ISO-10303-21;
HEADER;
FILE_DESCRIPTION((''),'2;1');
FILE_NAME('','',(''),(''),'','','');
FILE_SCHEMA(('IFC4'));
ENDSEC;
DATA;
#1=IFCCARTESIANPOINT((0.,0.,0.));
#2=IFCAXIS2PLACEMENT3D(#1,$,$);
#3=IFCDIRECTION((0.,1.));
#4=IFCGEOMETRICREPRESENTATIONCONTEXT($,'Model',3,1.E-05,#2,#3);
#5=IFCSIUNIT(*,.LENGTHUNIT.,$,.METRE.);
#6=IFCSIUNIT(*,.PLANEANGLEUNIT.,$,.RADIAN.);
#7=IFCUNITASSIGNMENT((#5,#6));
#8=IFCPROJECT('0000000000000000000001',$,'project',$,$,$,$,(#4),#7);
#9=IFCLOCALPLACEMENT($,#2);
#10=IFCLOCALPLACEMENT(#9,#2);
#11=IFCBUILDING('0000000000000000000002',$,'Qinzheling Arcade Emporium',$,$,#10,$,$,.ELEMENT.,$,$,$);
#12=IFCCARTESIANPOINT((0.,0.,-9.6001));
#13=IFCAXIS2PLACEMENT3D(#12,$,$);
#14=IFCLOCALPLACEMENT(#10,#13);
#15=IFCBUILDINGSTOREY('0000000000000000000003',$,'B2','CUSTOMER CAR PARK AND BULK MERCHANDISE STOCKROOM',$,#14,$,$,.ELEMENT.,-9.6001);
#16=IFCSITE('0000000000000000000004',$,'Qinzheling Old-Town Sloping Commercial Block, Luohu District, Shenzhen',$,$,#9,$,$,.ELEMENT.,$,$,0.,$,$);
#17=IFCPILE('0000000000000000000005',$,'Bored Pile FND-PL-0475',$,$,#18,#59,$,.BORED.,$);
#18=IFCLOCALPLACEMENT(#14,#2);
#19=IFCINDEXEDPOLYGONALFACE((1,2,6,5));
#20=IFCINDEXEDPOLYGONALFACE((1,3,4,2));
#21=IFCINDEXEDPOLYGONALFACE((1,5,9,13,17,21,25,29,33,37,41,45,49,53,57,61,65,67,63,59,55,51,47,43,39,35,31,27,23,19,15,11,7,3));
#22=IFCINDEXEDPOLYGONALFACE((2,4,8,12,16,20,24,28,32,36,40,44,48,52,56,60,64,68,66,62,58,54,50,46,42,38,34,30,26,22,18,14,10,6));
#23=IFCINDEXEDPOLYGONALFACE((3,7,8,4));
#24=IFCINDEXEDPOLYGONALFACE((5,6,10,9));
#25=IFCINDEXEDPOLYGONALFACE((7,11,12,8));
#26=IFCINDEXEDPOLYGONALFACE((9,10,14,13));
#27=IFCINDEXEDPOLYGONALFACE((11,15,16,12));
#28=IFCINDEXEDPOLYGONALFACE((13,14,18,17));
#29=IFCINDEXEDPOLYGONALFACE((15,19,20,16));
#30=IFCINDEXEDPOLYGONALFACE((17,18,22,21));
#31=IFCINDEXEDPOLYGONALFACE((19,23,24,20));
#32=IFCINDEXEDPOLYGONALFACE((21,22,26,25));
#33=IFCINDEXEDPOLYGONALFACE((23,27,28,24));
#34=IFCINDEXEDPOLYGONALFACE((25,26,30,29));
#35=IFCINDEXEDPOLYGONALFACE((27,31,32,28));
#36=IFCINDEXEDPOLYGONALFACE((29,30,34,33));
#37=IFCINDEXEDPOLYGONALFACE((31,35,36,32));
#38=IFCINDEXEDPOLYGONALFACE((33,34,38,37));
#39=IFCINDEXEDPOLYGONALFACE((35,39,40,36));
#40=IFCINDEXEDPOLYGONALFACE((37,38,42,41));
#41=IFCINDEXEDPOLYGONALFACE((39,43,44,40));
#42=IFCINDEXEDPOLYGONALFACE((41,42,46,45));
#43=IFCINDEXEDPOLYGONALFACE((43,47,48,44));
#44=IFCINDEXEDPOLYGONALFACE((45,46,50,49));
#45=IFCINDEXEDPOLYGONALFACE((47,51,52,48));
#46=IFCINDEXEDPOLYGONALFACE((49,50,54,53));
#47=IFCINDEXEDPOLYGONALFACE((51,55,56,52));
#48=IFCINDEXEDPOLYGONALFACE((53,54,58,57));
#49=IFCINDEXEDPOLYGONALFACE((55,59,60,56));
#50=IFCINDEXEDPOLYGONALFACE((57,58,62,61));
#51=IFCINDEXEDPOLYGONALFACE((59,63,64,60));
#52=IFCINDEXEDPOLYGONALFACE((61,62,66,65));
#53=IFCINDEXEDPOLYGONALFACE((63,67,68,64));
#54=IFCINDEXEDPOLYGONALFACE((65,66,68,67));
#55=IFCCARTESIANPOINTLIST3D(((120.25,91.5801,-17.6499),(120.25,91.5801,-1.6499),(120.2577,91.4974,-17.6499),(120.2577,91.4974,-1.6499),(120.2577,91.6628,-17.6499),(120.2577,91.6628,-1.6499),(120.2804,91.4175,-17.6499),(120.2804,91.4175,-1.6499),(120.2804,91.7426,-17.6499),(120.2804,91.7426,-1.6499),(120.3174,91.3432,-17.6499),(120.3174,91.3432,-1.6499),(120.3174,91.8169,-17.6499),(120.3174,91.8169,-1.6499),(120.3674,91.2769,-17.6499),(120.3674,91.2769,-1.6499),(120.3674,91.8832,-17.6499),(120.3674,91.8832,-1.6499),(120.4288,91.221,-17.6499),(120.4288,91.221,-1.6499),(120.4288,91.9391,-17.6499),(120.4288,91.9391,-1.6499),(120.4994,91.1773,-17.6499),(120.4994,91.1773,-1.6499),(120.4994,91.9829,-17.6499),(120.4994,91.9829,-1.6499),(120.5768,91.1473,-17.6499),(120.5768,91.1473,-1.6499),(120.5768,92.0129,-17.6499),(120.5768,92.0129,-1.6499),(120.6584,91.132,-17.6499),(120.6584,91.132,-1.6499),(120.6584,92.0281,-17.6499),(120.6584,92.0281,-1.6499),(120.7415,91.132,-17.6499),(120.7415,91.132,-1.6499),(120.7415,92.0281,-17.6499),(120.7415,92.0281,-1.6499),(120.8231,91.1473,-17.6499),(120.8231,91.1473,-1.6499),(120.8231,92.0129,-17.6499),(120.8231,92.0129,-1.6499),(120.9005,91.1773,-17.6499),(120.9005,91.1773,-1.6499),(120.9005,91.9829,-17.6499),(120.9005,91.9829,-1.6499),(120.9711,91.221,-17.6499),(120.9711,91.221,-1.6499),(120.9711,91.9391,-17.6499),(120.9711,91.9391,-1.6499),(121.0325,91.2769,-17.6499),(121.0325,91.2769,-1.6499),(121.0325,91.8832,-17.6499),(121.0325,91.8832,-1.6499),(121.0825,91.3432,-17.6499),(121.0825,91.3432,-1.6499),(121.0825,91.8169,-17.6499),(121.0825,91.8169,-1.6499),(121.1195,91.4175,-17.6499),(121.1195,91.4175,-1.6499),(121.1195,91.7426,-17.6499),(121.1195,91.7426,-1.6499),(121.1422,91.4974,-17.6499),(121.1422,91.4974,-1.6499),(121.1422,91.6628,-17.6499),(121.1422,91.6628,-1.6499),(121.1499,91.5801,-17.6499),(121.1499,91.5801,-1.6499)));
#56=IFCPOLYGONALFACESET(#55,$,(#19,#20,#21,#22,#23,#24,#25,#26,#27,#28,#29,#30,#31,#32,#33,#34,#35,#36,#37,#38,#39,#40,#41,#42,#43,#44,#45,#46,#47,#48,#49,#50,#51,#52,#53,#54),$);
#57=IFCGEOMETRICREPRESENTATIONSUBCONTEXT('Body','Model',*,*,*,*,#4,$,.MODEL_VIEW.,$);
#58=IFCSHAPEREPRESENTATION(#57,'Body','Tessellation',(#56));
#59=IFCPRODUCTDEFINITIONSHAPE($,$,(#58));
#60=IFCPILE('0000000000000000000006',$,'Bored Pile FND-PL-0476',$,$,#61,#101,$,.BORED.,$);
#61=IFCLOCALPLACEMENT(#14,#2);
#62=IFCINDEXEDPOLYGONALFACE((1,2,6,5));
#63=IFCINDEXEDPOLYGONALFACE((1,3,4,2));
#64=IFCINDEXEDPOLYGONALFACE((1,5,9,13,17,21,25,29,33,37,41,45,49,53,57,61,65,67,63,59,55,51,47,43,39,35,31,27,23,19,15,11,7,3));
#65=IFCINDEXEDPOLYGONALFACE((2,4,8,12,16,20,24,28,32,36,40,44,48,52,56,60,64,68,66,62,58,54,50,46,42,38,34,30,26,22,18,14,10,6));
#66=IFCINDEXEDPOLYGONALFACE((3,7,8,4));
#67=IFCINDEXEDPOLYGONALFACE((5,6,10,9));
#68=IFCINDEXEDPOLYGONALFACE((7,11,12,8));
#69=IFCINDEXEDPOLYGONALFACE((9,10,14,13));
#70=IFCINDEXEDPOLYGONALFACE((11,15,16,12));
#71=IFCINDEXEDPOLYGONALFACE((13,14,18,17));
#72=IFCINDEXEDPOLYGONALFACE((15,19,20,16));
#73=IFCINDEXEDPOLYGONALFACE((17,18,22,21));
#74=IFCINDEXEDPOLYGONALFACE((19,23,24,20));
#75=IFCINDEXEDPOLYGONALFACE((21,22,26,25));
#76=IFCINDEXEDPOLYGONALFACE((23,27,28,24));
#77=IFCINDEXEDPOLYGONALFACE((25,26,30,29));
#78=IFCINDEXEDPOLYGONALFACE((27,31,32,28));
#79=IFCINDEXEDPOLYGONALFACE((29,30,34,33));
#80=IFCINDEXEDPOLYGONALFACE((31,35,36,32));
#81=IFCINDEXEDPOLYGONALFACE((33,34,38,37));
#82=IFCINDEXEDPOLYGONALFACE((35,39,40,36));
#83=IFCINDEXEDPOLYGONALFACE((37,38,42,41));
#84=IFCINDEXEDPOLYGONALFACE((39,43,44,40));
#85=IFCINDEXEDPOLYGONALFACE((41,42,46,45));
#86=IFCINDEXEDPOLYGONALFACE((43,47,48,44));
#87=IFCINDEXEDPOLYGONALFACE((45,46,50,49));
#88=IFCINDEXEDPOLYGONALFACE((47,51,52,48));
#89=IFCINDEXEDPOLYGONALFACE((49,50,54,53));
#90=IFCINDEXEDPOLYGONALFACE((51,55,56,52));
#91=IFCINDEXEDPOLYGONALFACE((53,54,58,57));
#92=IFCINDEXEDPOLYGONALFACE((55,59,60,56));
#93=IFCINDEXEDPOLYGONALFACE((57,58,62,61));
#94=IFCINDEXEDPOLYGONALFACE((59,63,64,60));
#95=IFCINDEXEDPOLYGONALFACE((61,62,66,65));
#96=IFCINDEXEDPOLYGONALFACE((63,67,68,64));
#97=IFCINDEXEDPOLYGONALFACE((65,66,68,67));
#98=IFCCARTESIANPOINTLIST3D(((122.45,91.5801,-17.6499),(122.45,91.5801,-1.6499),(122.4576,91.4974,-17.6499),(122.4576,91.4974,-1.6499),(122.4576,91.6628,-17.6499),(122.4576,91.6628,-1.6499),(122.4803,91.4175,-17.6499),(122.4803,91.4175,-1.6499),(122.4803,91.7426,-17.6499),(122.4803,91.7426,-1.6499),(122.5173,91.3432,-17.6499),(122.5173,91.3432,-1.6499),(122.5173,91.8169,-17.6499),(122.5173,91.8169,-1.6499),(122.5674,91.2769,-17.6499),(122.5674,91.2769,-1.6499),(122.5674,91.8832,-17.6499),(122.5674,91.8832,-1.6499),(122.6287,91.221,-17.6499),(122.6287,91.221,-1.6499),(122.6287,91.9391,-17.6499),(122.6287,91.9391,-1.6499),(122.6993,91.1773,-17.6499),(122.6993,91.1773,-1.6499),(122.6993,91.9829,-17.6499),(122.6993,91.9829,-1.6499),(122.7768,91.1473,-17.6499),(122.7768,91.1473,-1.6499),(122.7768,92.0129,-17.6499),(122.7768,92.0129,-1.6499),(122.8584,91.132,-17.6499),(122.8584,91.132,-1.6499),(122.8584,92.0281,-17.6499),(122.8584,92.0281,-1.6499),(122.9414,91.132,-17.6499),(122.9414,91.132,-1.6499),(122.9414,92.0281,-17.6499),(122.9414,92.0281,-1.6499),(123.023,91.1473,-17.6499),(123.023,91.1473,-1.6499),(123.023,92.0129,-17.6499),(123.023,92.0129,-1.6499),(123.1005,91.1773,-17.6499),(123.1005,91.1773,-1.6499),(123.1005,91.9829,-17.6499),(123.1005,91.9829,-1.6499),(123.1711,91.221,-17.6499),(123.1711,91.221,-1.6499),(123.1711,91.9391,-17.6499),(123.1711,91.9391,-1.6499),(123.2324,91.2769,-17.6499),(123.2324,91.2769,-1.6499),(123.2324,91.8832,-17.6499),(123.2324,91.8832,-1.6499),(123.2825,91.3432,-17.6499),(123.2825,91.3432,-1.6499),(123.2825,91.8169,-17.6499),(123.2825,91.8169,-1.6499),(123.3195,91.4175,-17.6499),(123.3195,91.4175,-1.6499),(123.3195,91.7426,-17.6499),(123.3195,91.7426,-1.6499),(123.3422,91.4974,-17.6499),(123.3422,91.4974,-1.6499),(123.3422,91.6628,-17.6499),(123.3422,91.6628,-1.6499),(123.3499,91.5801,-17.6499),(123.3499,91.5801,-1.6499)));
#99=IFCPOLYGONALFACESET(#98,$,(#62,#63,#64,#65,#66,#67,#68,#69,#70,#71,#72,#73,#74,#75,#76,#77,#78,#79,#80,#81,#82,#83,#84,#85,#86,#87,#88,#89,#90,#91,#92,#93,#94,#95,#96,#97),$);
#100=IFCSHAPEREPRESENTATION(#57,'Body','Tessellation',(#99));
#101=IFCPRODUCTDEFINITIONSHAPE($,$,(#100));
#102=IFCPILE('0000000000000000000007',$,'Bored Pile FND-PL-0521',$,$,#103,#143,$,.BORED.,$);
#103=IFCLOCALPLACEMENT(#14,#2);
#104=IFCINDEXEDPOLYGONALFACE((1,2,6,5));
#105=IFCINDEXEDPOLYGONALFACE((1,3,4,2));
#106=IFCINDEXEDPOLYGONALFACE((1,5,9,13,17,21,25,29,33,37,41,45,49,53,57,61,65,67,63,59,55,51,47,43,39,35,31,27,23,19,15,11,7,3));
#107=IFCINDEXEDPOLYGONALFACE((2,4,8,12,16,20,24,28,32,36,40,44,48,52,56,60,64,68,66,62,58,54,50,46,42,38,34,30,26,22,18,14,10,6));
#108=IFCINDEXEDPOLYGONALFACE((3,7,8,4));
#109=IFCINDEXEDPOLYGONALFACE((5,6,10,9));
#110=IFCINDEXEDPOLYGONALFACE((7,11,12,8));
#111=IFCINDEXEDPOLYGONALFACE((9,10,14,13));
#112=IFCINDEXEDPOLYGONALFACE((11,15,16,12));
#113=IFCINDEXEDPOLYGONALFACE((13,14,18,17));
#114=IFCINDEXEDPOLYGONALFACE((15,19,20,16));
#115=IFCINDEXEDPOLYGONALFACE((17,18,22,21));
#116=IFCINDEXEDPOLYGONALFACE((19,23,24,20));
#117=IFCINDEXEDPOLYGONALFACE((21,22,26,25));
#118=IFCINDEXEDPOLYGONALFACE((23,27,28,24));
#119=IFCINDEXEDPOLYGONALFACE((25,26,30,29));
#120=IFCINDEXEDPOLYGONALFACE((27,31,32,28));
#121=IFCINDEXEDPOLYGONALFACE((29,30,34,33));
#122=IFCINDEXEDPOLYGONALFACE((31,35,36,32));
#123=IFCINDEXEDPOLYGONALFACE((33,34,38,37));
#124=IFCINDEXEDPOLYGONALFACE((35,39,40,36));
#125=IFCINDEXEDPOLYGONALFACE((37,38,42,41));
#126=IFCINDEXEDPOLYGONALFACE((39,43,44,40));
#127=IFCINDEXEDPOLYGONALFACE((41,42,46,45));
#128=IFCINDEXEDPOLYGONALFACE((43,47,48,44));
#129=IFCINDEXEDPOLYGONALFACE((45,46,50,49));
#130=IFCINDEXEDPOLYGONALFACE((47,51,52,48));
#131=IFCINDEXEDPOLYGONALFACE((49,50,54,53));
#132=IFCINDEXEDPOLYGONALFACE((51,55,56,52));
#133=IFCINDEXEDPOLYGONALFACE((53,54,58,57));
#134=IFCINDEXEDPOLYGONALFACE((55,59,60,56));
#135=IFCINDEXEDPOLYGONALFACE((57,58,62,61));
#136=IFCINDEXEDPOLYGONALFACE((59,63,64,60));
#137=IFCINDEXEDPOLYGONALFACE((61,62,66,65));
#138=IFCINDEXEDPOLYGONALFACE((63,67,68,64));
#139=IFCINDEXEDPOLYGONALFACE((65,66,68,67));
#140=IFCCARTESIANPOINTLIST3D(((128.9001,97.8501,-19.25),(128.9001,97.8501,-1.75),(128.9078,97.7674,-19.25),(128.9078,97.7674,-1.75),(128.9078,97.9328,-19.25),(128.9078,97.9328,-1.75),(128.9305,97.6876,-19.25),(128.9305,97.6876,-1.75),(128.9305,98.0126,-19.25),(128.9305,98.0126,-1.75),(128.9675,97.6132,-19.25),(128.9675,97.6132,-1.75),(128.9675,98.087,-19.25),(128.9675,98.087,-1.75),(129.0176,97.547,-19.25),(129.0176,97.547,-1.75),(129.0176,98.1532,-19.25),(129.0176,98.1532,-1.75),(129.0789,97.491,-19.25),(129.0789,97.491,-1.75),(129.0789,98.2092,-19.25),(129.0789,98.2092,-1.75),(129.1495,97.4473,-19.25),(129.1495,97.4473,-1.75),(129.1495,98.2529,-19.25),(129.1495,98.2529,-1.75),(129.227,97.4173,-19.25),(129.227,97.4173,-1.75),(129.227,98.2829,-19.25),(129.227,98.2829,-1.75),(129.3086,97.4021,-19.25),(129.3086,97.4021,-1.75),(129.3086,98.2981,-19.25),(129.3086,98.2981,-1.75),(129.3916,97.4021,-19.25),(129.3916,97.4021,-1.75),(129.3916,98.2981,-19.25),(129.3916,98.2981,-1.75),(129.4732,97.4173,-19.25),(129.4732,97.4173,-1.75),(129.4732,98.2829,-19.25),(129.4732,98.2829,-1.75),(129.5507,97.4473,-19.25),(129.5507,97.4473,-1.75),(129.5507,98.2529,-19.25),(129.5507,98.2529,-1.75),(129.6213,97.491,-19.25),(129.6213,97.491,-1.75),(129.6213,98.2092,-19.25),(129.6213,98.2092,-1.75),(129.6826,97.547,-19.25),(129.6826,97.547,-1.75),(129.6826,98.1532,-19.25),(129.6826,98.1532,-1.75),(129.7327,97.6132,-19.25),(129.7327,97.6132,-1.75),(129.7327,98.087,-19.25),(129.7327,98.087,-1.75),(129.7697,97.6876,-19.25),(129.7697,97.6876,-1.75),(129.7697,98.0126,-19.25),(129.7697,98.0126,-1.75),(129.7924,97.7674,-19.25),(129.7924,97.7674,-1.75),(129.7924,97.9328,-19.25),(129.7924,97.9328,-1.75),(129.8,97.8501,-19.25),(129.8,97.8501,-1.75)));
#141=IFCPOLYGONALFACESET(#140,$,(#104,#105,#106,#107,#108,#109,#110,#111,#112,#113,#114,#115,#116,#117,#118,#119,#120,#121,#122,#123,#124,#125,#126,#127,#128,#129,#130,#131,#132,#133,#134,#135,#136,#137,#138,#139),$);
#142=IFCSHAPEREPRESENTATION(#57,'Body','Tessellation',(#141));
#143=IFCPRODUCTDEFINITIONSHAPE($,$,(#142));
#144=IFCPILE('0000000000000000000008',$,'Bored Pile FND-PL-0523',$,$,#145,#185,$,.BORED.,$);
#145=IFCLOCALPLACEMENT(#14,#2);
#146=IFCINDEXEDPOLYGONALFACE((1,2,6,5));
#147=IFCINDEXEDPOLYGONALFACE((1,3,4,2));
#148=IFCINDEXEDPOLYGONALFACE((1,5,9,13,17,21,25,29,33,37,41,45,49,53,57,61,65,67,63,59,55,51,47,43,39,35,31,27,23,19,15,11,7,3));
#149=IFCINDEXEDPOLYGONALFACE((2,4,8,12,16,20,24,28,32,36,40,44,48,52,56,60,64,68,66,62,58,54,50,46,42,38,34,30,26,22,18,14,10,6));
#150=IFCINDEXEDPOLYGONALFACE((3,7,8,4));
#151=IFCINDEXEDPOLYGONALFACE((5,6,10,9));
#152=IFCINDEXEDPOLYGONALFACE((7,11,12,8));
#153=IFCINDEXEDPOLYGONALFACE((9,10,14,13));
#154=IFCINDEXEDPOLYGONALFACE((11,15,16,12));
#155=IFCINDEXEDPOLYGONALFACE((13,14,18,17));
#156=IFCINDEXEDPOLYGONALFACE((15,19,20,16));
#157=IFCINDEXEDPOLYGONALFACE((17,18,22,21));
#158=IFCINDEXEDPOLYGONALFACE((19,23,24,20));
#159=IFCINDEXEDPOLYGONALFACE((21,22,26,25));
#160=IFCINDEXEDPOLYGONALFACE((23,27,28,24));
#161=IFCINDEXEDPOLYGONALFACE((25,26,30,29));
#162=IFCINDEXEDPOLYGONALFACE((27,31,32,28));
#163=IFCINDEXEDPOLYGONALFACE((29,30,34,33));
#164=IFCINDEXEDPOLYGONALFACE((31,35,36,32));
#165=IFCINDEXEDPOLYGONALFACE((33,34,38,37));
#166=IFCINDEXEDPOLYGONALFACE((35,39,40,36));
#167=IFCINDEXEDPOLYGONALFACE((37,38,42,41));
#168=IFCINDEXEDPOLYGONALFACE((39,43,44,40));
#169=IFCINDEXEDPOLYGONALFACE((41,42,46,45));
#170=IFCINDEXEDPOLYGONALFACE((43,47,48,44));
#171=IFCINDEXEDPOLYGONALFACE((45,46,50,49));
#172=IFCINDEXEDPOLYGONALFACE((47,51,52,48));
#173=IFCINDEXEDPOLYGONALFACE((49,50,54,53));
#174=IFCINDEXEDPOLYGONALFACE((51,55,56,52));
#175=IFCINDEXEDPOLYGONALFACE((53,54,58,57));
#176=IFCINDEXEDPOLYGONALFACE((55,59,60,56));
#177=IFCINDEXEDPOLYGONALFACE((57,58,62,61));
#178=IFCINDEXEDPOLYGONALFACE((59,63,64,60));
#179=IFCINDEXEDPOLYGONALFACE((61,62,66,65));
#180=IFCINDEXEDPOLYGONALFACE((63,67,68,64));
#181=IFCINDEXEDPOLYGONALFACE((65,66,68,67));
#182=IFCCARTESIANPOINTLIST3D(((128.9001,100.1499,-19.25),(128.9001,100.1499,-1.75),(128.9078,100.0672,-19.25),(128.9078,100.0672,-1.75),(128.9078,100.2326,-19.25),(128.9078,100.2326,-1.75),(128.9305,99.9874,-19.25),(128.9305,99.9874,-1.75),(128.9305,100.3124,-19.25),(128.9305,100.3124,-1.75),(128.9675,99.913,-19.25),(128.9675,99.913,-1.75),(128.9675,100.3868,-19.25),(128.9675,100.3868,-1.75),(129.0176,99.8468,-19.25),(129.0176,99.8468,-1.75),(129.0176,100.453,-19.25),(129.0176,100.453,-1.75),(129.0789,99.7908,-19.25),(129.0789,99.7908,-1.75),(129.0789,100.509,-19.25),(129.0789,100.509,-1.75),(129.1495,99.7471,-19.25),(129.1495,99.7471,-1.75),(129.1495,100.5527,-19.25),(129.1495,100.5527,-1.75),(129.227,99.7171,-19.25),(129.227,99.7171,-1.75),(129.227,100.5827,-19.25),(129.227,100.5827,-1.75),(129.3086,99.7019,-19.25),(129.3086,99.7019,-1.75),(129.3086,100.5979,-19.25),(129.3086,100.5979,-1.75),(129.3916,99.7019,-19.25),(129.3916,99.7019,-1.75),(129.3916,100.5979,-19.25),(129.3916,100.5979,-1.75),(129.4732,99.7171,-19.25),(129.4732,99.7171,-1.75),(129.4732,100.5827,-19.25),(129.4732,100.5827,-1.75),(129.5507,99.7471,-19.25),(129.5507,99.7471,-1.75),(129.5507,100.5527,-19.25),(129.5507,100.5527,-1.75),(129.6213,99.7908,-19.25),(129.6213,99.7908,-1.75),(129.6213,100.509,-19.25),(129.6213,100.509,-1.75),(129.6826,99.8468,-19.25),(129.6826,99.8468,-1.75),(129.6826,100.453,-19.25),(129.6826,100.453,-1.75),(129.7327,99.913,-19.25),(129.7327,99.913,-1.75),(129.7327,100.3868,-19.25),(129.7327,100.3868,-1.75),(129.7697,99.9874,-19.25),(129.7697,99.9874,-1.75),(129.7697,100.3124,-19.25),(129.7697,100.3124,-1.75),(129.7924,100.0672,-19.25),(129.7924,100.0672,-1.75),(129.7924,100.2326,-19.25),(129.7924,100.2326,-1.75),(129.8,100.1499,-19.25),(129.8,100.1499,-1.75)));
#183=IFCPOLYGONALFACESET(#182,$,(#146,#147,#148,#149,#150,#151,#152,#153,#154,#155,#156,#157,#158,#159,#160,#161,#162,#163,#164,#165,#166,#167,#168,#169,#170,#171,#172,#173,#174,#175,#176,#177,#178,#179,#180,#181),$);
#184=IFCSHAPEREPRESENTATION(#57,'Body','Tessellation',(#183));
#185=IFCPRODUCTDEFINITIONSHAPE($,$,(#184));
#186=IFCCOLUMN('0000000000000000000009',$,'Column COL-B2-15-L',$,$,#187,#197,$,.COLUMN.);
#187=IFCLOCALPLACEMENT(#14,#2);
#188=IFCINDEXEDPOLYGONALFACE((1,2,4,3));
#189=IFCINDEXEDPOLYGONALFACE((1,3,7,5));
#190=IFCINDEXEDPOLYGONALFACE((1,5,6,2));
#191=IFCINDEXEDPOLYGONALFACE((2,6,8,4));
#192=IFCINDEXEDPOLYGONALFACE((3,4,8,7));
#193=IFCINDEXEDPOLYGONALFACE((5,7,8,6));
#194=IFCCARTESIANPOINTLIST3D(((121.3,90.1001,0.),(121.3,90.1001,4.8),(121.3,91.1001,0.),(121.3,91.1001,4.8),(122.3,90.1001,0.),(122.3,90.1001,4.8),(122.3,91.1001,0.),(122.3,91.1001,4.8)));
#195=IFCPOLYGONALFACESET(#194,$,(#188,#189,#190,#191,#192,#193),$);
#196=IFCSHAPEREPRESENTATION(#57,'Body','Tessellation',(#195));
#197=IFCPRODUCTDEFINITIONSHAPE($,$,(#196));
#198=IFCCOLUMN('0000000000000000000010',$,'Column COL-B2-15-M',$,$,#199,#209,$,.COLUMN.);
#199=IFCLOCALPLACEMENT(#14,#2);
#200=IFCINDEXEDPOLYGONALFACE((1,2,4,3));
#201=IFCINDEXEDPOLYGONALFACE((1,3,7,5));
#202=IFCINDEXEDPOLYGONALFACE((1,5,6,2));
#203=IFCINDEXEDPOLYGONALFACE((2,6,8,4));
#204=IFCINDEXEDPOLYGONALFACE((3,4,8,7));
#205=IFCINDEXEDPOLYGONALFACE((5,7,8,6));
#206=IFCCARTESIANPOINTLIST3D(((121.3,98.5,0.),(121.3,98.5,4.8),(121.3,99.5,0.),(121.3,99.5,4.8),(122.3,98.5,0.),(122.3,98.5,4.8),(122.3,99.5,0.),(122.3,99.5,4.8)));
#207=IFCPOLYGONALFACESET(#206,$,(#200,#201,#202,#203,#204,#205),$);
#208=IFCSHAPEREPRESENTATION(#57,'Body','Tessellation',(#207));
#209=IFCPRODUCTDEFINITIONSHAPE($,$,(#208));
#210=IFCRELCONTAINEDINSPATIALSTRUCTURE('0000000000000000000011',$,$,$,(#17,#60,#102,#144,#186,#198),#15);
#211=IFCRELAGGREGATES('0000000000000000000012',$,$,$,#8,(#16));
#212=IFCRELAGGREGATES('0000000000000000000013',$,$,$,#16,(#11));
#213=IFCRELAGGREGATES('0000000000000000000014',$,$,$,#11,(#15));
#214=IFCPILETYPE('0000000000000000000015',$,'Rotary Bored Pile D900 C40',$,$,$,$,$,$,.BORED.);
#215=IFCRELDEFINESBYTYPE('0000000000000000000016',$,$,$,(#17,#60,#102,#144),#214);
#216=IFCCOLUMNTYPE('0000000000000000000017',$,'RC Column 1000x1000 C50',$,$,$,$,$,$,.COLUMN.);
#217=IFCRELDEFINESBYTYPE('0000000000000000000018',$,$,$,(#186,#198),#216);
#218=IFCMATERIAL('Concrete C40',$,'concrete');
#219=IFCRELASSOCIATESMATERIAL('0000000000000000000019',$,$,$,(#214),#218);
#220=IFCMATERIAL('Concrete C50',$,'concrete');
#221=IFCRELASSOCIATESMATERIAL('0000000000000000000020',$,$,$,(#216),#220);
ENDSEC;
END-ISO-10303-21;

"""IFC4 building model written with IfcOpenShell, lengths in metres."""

from ifc_helpers import new_model, si_unit, direction, frame, origin, origin_2d, place, context, subcontext, project, spatial, rectangle, circle, extrude, material, material_profile, profile_set, type_object, element, save


model = new_model("IFC4")

# Units and contexts
model_context = context("Model", 3, precision=1e-05, world=origin(), true_north=direction((0.0, 1.0)))
body_context = subcontext(model_context, "Body", "Model", "MODEL_VIEW")
ifc_project = project(units=[si_unit("LENGTHUNIT", "METRE"), si_unit("PLANEANGLEUNIT", "RADIAN")], contexts=[model_context])

# Site, building, storey
site_placement = place(None, origin())
site = spatial("IfcSite", under=ifc_project, at=site_placement, Name="Qinzheling Old-Town Sloping Commercial Block, Luohu District, Shenzhen", CompositionType="ELEMENT", RefElevation=0.0)
building_placement = place(site_placement, origin())
building = spatial("IfcBuilding", under=site, at=building_placement, Name="Qinzheling Arcade Emporium", CompositionType="ELEMENT")
storey_placement = place(building_placement, frame((0.0, 0.0, -9.6001)))
storey = spatial("IfcBuildingStorey", under=building, at=storey_placement, Name="B2", Description="CUSTOMER CAR PARK AND BULK MERCHANDISE STOCKROOM", CompositionType="ELEMENT", Elevation=-9.6001)

# Shared definitions
ifc_material_1 = material(Name="Concrete C40", Category="concrete")

# Piles
ifc_material_profile_1 = material_profile(ifc_material_1, circle(Radius=0.45, at=origin_2d()), Name="BORED D900", Category="concrete")
ifc_profile_set_1 = profile_set([ifc_material_profile_1], Name="Concrete C40")
pile_type_1 = type_object("IfcPileType", Name="Rotary Bored Pile D900 C40", PredefinedType="BORED", material=ifc_profile_set_1)
for number, where, z_axis, x_axis, name in (
    (1, (120.7, 91.5801, -1.6499), (0.0, 0.0, -1.0), (1.0, 0.0, 0.0), "Bored Pile FND-PL-0475"),
    (2, (122.8999, 91.5801, -1.6499), (0.0, 0.0, -1.0), (1.0, 0.0, 0.0), "Bored Pile FND-PL-0476"),
):
    element("IfcPile", number, at=place(storey_placement, frame(where, z_axis=z_axis, x_axis=x_axis)), inside=storey, type_object=pile_type_1, Name=name, PredefinedType="BORED", context=body_context, shape_type="SweptSolid", body=[
        extrude(circle(Radius=0.45, at=origin_2d()), origin(), (0.0, 0.0, 1.0), 16.0),
    ])
for number, where, z_axis, x_axis, name in (
    (3, (129.3501, 97.8501, -1.75), (0.0, 0.0, -1.0), (1.0, 0.0, 0.0), "Bored Pile FND-PL-0521"),
    (4, (129.3501, 100.1499, -1.75), (0.0, 0.0, -1.0), (1.0, 0.0, 0.0), "Bored Pile FND-PL-0523"),
):
    element("IfcPile", number, at=place(storey_placement, frame(where, z_axis=z_axis, x_axis=x_axis)), inside=storey, type_object=pile_type_1, Name=name, PredefinedType="BORED", context=body_context, shape_type="SweptSolid", body=[
        extrude(circle(Radius=0.45, at=origin_2d()), origin(), (0.0, 0.0, 1.0), 17.5),
    ])

# Columns
ifc_material_2 = material(Name="Concrete C50", Category="concrete")
ifc_material_profile_2 = material_profile(ifc_material_2, rectangle(XDim=1.0, YDim=1.0, at=origin_2d()), Name="RC 1000x1000", Category="concrete")
ifc_profile_set_2 = profile_set([ifc_material_profile_2], Name="Concrete C50")
column_type = type_object("IfcColumnType", Name="RC Column 1000x1000 C50", PredefinedType="COLUMN", material=ifc_profile_set_2)
for number, where, z_axis, x_axis, name in (
    (5, (121.8, 90.6001, 0.0), (0.0, 0.0, 1.0), (1.0, 0.0, 0.0), "Column COL-B2-15-L"),
    (6, (121.8, 99.0, 0.0), (0.0, 0.0, 1.0), (1.0, 0.0, 0.0), "Column COL-B2-15-M"),
):
    element("IfcColumn", number, at=place(storey_placement, frame(where, z_axis=z_axis, x_axis=x_axis)), inside=storey, type_object=column_type, Name=name, PredefinedType="COLUMN", context=body_context, shape_type="SweptSolid", body=[
        extrude(rectangle(XDim=1.0, YDim=1.0, at=origin_2d()), origin(), (0.0, 0.0, 1.0), 4.8),
    ])

save(model, "model.ifc")
